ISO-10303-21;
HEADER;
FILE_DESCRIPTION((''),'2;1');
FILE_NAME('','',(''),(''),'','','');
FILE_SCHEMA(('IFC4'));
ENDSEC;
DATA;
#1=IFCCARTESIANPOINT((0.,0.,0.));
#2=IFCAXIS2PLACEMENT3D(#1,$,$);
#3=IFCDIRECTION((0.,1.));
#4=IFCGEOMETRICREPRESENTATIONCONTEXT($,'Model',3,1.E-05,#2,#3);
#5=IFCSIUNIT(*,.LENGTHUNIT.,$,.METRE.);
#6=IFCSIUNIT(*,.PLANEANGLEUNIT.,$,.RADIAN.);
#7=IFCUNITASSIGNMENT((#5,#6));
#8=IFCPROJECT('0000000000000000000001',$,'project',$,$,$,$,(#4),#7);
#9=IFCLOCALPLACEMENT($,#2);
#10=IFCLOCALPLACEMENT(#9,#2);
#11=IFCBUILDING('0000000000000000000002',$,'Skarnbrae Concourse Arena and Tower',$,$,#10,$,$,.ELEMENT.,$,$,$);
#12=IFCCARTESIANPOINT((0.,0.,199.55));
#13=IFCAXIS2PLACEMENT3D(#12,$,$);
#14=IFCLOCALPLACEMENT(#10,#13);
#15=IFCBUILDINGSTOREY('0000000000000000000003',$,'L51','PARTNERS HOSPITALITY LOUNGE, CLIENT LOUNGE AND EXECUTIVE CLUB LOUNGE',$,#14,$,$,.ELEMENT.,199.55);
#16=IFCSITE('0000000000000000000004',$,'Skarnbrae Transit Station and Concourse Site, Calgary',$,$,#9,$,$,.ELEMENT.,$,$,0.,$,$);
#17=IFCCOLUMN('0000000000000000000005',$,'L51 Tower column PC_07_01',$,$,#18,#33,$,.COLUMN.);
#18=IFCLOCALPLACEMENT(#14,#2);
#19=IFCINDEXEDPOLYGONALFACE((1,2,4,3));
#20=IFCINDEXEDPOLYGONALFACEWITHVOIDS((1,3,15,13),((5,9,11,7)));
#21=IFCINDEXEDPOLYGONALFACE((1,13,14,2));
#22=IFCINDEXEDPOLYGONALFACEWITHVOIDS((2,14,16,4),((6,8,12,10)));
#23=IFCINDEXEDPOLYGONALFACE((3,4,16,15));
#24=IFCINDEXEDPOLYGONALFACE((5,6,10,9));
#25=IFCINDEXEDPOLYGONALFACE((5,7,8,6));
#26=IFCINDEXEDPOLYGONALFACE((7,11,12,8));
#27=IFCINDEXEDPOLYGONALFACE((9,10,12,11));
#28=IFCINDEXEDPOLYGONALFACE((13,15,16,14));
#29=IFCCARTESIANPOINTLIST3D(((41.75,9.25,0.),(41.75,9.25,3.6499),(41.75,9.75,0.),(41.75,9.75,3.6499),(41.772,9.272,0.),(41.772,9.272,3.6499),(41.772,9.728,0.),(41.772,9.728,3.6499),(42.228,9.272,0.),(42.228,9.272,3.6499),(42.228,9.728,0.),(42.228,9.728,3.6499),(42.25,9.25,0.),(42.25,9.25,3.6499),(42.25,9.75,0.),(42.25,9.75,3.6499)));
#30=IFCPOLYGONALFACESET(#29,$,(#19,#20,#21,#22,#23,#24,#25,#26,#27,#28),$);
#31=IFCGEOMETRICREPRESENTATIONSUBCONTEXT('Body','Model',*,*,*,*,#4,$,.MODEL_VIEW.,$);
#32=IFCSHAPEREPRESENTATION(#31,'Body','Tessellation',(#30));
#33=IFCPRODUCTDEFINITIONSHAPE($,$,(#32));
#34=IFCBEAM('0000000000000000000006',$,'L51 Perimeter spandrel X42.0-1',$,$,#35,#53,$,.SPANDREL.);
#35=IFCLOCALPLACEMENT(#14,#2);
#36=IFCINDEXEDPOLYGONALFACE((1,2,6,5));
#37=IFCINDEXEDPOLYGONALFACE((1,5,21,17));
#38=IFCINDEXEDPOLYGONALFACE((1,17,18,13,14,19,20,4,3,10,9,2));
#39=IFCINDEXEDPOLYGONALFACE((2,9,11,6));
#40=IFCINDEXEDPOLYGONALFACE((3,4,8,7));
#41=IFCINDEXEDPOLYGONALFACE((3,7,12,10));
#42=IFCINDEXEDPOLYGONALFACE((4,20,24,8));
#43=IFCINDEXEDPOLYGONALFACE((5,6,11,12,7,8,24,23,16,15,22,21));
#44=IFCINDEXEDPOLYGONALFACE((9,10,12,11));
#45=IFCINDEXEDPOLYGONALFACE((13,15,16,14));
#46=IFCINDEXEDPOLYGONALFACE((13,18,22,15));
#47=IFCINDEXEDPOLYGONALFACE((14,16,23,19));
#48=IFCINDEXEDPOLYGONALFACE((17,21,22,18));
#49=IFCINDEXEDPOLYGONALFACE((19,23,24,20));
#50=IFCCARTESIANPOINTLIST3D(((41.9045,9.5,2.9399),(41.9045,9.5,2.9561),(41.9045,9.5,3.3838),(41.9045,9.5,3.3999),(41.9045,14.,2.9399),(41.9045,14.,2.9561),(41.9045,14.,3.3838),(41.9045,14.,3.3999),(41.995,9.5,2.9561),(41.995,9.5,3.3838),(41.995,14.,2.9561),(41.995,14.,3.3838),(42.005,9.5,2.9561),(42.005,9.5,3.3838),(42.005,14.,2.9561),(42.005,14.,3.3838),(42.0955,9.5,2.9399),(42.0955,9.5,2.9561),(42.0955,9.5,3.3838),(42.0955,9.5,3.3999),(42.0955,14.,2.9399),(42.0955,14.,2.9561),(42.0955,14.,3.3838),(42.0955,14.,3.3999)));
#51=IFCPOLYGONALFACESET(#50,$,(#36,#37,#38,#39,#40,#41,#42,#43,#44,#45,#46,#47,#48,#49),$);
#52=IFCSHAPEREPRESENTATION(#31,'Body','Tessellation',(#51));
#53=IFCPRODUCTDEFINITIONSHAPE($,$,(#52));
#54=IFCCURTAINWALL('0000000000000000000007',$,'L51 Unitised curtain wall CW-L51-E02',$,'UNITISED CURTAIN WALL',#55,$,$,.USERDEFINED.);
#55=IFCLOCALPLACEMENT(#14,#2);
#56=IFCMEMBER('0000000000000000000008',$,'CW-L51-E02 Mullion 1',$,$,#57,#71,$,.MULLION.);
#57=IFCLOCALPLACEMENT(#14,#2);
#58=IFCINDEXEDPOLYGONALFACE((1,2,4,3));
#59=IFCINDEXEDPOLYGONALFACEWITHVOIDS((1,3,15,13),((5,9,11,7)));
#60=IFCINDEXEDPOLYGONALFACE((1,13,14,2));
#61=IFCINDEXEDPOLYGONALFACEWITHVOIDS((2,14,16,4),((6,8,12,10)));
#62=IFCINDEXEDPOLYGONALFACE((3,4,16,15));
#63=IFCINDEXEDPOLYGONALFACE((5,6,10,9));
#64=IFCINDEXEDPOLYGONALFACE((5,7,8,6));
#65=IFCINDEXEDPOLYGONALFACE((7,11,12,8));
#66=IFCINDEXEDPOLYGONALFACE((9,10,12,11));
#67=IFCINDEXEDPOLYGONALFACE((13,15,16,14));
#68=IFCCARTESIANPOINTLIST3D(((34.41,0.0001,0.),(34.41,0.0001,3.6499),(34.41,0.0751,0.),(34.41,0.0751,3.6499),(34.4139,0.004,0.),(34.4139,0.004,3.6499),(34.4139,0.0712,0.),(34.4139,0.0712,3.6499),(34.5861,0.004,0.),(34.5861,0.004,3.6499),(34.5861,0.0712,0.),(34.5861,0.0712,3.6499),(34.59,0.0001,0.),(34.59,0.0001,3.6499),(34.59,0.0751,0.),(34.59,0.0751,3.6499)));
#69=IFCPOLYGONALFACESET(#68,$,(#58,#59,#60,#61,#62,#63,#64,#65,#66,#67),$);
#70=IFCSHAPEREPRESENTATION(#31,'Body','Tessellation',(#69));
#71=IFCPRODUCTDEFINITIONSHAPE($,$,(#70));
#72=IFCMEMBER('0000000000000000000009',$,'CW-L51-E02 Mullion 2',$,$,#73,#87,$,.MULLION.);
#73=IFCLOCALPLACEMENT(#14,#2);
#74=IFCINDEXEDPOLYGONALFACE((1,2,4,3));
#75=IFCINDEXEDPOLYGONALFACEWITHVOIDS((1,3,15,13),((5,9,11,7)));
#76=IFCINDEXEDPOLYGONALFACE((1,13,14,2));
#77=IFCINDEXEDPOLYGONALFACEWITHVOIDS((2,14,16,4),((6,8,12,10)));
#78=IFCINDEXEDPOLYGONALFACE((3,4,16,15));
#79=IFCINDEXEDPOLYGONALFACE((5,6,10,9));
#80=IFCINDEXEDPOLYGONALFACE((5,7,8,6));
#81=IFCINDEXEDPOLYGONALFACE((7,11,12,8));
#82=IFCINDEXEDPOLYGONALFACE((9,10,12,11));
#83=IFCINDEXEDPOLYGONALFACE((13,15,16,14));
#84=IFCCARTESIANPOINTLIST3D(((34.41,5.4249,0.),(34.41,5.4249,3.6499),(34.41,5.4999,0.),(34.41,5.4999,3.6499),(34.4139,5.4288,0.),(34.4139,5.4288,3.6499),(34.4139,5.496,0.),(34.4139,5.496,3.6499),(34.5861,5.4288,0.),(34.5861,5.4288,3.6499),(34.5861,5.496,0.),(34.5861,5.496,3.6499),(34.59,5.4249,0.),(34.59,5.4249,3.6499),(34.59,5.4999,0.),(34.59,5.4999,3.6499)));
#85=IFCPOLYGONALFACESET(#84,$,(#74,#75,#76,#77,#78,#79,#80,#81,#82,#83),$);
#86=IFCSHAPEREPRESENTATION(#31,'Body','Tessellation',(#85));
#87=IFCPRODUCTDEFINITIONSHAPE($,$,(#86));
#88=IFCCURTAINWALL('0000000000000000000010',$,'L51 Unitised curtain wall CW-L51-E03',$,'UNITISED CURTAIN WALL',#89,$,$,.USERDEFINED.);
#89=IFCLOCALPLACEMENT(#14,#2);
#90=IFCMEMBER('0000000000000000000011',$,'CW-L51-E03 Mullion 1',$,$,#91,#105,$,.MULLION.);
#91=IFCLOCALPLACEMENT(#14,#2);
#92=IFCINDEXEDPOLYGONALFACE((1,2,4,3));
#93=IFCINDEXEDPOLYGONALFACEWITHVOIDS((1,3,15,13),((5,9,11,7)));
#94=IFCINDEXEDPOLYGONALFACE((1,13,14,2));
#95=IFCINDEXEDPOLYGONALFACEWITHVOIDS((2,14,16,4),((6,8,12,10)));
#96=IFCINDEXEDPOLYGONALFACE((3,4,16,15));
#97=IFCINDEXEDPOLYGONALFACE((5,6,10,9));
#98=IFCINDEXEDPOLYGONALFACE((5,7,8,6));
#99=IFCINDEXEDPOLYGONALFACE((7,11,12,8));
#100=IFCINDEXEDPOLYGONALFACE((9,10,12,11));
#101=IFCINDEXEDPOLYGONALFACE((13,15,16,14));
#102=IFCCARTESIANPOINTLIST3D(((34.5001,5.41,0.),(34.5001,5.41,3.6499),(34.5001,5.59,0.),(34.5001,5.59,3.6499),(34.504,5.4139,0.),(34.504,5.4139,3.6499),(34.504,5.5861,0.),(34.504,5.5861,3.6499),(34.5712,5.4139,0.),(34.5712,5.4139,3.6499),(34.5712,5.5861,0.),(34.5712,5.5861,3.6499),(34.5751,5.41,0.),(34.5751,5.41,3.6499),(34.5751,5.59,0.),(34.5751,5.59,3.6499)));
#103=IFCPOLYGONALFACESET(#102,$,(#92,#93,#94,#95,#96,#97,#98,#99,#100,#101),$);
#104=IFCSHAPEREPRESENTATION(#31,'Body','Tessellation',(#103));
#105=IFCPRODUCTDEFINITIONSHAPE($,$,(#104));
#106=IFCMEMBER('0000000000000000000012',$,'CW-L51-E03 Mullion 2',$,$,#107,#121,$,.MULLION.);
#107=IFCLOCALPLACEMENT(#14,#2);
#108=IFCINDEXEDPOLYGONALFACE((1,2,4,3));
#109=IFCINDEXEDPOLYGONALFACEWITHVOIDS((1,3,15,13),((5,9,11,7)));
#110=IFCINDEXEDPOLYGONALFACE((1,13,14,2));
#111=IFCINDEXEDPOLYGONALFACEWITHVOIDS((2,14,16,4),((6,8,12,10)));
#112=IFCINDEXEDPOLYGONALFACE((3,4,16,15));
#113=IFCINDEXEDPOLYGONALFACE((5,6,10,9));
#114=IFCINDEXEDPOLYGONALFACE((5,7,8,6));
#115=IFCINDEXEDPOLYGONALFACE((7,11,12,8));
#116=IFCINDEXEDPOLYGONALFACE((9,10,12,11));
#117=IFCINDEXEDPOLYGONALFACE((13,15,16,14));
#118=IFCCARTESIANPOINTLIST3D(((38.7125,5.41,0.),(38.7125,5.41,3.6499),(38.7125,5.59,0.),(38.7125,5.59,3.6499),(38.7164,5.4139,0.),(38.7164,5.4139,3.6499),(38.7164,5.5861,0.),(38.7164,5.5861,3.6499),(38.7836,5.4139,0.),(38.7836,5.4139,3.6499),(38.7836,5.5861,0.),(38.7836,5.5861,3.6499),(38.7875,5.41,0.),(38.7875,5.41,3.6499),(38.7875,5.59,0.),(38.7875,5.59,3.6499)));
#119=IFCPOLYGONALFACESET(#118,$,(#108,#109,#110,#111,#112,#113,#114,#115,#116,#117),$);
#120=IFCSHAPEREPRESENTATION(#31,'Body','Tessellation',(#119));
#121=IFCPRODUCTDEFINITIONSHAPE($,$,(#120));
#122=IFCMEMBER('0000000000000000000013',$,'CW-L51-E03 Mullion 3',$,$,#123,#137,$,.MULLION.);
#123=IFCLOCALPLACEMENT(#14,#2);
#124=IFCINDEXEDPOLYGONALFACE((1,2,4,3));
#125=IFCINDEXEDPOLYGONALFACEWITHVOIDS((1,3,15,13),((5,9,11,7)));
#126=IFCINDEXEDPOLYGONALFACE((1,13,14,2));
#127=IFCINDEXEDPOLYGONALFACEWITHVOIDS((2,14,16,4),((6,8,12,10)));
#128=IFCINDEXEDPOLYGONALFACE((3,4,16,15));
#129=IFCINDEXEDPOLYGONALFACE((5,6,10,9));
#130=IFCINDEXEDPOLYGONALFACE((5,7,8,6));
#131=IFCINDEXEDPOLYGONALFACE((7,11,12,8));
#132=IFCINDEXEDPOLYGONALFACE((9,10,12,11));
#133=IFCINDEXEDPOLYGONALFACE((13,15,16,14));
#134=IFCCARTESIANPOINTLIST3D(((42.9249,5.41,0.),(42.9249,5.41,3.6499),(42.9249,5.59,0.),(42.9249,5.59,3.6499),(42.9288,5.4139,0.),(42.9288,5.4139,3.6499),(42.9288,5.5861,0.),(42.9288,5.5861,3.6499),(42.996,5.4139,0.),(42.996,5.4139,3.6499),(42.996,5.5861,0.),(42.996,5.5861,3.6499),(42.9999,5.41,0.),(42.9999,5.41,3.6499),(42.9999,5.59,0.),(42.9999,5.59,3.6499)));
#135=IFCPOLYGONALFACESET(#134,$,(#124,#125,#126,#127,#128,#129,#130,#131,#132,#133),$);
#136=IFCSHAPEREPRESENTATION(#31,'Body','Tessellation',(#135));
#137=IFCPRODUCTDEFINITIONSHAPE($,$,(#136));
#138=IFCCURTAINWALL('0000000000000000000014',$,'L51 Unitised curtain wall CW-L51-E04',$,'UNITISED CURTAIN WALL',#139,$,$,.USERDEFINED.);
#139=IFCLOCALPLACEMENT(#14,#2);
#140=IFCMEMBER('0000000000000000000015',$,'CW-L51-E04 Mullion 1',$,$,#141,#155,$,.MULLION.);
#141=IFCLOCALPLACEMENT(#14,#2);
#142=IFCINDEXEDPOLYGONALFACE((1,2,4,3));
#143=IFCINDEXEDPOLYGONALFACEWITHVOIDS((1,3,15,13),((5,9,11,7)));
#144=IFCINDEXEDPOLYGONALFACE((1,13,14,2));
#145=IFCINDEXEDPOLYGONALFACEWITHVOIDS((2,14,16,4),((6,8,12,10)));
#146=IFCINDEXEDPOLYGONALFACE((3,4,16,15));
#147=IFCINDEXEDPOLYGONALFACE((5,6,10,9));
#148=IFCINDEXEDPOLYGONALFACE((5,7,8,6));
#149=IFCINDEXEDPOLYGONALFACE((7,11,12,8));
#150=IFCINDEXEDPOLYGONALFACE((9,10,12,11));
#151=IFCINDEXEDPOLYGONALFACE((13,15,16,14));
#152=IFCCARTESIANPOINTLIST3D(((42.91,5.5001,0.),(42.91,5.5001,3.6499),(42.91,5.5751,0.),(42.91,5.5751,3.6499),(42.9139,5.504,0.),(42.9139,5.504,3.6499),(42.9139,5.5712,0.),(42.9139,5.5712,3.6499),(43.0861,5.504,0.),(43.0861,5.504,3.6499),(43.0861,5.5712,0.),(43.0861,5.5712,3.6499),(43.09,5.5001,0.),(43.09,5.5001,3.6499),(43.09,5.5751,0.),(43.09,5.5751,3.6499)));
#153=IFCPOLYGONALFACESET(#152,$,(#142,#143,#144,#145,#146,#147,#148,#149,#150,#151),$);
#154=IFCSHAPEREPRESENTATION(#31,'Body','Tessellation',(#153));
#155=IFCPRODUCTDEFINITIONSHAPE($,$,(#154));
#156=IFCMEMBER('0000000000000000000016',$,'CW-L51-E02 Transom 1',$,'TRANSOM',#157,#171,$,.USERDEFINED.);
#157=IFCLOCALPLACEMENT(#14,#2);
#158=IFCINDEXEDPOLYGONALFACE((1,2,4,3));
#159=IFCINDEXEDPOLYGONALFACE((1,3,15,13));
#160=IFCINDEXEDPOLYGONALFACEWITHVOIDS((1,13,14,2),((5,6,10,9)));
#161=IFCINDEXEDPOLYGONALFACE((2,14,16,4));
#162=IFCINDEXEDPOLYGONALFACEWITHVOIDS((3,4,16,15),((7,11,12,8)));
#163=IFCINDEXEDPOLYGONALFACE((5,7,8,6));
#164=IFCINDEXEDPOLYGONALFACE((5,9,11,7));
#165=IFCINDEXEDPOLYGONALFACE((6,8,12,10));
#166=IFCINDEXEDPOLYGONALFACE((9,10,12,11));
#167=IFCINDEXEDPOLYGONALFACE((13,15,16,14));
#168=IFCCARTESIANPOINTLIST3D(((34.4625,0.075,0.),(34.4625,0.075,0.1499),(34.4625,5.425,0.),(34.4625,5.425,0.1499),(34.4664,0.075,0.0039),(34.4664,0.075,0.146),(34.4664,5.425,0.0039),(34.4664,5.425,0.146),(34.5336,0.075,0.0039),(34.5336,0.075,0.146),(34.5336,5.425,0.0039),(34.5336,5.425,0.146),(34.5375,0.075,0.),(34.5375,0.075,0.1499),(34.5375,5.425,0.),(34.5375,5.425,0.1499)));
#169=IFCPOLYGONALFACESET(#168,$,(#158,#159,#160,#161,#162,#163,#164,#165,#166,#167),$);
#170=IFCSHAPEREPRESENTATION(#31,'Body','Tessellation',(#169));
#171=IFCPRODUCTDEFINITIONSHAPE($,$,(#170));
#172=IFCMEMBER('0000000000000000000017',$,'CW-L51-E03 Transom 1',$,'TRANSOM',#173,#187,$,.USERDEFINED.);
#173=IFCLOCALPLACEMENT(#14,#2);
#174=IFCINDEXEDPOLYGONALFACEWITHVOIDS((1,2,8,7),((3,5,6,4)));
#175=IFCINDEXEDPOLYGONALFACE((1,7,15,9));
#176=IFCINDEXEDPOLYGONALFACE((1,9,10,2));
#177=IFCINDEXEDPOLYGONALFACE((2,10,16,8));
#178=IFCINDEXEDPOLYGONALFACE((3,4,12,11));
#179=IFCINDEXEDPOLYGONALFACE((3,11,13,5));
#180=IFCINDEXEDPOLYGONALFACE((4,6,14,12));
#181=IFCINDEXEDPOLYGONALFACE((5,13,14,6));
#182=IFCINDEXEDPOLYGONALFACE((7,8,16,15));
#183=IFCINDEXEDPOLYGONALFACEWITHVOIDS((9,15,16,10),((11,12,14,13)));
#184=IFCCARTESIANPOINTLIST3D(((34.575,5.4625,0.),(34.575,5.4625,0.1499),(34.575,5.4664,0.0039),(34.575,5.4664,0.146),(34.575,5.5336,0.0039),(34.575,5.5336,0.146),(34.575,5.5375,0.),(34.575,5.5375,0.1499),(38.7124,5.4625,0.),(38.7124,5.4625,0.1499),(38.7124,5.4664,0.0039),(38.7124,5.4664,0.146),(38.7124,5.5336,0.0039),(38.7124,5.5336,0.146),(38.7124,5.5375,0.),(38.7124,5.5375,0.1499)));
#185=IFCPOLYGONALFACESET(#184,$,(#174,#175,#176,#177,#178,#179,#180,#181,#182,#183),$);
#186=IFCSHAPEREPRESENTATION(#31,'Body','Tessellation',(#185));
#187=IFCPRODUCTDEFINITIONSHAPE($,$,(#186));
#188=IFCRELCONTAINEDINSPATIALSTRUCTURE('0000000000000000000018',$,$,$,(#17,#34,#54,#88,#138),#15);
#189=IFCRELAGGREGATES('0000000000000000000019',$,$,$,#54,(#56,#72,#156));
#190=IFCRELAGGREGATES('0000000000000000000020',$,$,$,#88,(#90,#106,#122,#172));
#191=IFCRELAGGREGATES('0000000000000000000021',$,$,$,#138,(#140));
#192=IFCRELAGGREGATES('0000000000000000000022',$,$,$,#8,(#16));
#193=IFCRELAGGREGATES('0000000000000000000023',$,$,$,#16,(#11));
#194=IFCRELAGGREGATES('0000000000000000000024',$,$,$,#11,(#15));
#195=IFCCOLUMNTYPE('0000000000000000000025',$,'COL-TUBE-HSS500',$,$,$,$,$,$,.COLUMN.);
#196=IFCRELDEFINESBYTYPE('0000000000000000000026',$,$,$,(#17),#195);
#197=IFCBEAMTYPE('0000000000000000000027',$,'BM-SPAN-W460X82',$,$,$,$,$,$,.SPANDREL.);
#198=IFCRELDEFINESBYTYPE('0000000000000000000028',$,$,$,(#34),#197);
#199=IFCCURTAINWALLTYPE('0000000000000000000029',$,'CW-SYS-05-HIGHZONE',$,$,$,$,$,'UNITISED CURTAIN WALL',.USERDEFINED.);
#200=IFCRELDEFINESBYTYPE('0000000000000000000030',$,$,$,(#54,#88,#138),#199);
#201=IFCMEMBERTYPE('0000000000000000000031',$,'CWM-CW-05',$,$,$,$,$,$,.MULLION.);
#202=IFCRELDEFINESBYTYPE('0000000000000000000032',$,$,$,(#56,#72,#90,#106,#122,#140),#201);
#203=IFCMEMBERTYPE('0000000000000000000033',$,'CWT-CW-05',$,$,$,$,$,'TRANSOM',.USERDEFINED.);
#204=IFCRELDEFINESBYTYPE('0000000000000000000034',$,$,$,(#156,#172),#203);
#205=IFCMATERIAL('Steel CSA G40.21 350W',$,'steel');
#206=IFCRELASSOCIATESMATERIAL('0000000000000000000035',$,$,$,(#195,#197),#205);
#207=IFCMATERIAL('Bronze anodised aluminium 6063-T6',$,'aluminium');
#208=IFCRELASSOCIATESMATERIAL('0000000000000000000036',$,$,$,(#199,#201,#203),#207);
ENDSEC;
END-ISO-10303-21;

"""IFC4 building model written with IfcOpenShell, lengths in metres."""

from ifc_helpers import new_model, si_unit, direction, frame, origin, origin_2d, place, context, subcontext, project, spatial, hollow_rectangle, i_section, extrude, source, transform, mapped, material, material_profile, profile_set, type_object, element, aggregate, save


model = new_model("IFC4")

# Units and contexts
model_context = context("Model", 3, precision=1e-05, world=origin(), true_north=direction((0.0, 1.0)))
body_context = subcontext(model_context, "Body", "Model", "MODEL_VIEW")
ifc_project = project(units=[si_unit("LENGTHUNIT", "METRE"), si_unit("PLANEANGLEUNIT", "RADIAN")], contexts=[model_context])

# Site, building, storey
site_placement = place(None, origin())
site = spatial("IfcSite", under=ifc_project, at=site_placement, Name="Skarnbrae Transit Station and Concourse Site, Calgary", CompositionType="ELEMENT", RefElevation=0.0)
building_placement = place(site_placement, origin())
building = spatial("IfcBuilding", under=site, at=building_placement, Name="Skarnbrae Concourse Arena and Tower", CompositionType="ELEMENT")
storey_placement = place(building_placement, frame((0.0, 0.0, 199.55)))
storey = spatial("IfcBuildingStorey", under=building, at=storey_placement, Name="L51", Description="PARTNERS HOSPITALITY LOUNGE, CLIENT LOUNGE AND EXECUTIVE CLUB LOUNGE", CompositionType="ELEMENT", Elevation=199.55)

# Column
ifc_material_1 = material(Name="Steel CSA G40.21 350W", Category="steel")
ifc_material_profile_1 = material_profile(ifc_material_1, hollow_rectangle(XDim=0.5, YDim=0.5, WallThickness=0.022, at=origin_2d()), Name="HSS500X500X22.0")
ifc_profile_set_1 = profile_set([ifc_material_profile_1], Name="Steel CSA G40.21 350W")
column_type = type_object("IfcColumnType", Name="COL-TUBE-HSS500", PredefinedType="COLUMN", material=ifc_profile_set_1)
shared_shape_1 = source(origin(), body_context, "Body", "SweptSolid", [
    extrude(hollow_rectangle(XDim=0.5, YDim=0.5, WallThickness=0.022, at=origin_2d()), origin(), (0.0, 0.0, 1.0), 3.6499),
])
column_placement = place(storey_placement, frame((42.0, 9.5, 0.0), z_axis=(0.0, 0.0, 1.0), x_axis=(1.0, 0.0, 0.0)))
element("IfcColumn", 1, at=column_placement, inside=storey, type_object=column_type, Name="L51 Tower column PC_07_01", PredefinedType="COLUMN", context=body_context, shape_type="MappedRepresentation", body=[
    mapped(shared_shape_1, transform((0.0, 0.0, 0.0))),
])

# Beam
ifc_material_profile_2 = material_profile(ifc_material_1, i_section(OverallWidth=0.1909, OverallDepth=0.46, WebThickness=0.01, FlangeThickness=0.0161, at=origin_2d()), Name="W460X82")
ifc_profile_set_2 = profile_set([ifc_material_profile_2], Name="Steel CSA G40.21 350W")
beam_type = type_object("IfcBeamType", Name="BM-SPAN-W460X82", PredefinedType="SPANDREL", material=ifc_profile_set_2)
shared_shape_2 = source(origin(), body_context, "Body", "SweptSolid", [
    extrude(i_section(OverallWidth=0.1909, OverallDepth=0.46, WebThickness=0.01, FlangeThickness=0.0161, at=origin_2d()), origin(), (0.0, 0.0, 1.0), 4.5),
])
beam_placement = place(storey_placement, frame((42.0, 9.5, 3.1699), z_axis=(0.0, 1.0, 0.0), x_axis=(-1.0, 0.0, 0.0)))
element("IfcBeam", 2, at=beam_placement, inside=storey, type_object=beam_type, Name="L51 Perimeter spandrel X42.0-1", PredefinedType="SPANDREL", context=body_context, shape_type="MappedRepresentation", body=[
    mapped(shared_shape_2, transform((0.0, 0.0, 0.0))),
])

# Curtain walls, members
ifc_material_2 = material(Name="Bronze anodised aluminium 6063-T6", Category="aluminium")
curtain_wall_type = type_object("IfcCurtainWallType", Name="CW-SYS-05-HIGHZONE", ElementType="UNITISED CURTAIN WALL", PredefinedType="USERDEFINED", material=ifc_material_2)
curtain_wall_1_placement = place(storey_placement, origin())
curtain_wall_1 = element("IfcCurtainWall", 3, at=curtain_wall_1_placement, inside=storey, type_object=curtain_wall_type, Name="L51 Unitised curtain wall CW-L51-E02", ObjectType="UNITISED CURTAIN WALL", PredefinedType="USERDEFINED")
ifc_material_profile_3 = material_profile(ifc_material_2, hollow_rectangle(XDim=0.075, YDim=0.1799, WallThickness=0.0039, at=origin_2d()), Name="ALU-MULL-75X180")
ifc_profile_set_3 = profile_set([ifc_material_profile_3], Name="Bronze anodised aluminium 6063-T6")
member_type_1 = type_object("IfcMemberType", Name="CWM-CW-05", PredefinedType="MULLION", material=ifc_profile_set_3)
shared_shape_3 = source(origin(), body_context, "Body", "SweptSolid", [
    extrude(hollow_rectangle(XDim=0.075, YDim=0.1799, WallThickness=0.0039, at=origin_2d()), origin(), (0.0, 0.0, 1.0), 3.6499),
])
member_1_placement = place(storey_placement, frame((34.5, 0.0376, 0.0), z_axis=(0.0, 0.0, 1.0), x_axis=(0.0, 1.0, 0.0)))
member_1 = element("IfcMember", 4, at=member_1_placement, type_object=member_type_1, Name="CW-L51-E02 Mullion 1", PredefinedType="MULLION", context=body_context, shape_type="MappedRepresentation", body=[
    mapped(shared_shape_3, transform((0.0, 0.0, 0.0))),
])
member_2_placement = place(storey_placement, frame((34.5, 5.4624, 0.0), z_axis=(0.0, 0.0, 1.0), x_axis=(0.0, 1.0, 0.0)))
member_2 = element("IfcMember", 5, at=member_2_placement, type_object=member_type_1, Name="CW-L51-E02 Mullion 2", PredefinedType="MULLION", context=body_context, shape_type="MappedRepresentation", body=[
    mapped(shared_shape_3, transform((0.0, 0.0, 0.0))),
])
curtain_wall_2_placement = place(storey_placement, origin())
curtain_wall_2 = element("IfcCurtainWall", 6, at=curtain_wall_2_placement, inside=storey, type_object=curtain_wall_type, Name="L51 Unitised curtain wall CW-L51-E03", ObjectType="UNITISED CURTAIN WALL", PredefinedType="USERDEFINED")
member_3_placement = place(storey_placement, frame((34.5376, 5.5, 0.0), z_axis=(0.0, 0.0, 1.0), x_axis=(1.0, 0.0, 0.0)))
member_3 = element("IfcMember", 7, at=member_3_placement, type_object=member_type_1, Name="CW-L51-E03 Mullion 1", PredefinedType="MULLION", context=body_context, shape_type="MappedRepresentation", body=[
    mapped(shared_shape_3, transform((0.0, 0.0, 0.0))),
])
member_4_placement = place(storey_placement, frame((38.75, 5.5, 0.0), z_axis=(0.0, 0.0, 1.0), x_axis=(1.0, 0.0, 0.0)))
member_4 = element("IfcMember", 8, at=member_4_placement, type_object=member_type_1, Name="CW-L51-E03 Mullion 2", PredefinedType="MULLION", context=body_context, shape_type="MappedRepresentation", body=[
    mapped(shared_shape_3, transform((0.0, 0.0, 0.0))),
])
member_5_placement = place(storey_placement, frame((42.9624, 5.5, 0.0), z_axis=(0.0, 0.0, 1.0), x_axis=(1.0, 0.0, 0.0)))
member_5 = element("IfcMember", 9, at=member_5_placement, type_object=member_type_1, Name="CW-L51-E03 Mullion 3", PredefinedType="MULLION", context=body_context, shape_type="MappedRepresentation", body=[
    mapped(shared_shape_3, transform((0.0, 0.0, 0.0))),
])

# Curtain wall, member
curtain_wall_3_placement = place(storey_placement, origin())
curtain_wall_3 = element("IfcCurtainWall", 10, at=curtain_wall_3_placement, inside=storey, type_object=curtain_wall_type, Name="L51 Unitised curtain wall CW-L51-E04", ObjectType="UNITISED CURTAIN WALL", PredefinedType="USERDEFINED")
member_6_placement = place(storey_placement, frame((43.0, 5.5376, 0.0), z_axis=(0.0, 0.0, 1.0), x_axis=(0.0, 1.0, 0.0)))
member_6 = element("IfcMember", 11, at=member_6_placement, type_object=member_type_1, Name="CW-L51-E04 Mullion 1", PredefinedType="MULLION", context=body_context, shape_type="MappedRepresentation", body=[
    mapped(shared_shape_3, transform((0.0, 0.0, 0.0))),
])

# Members
ifc_material_profile_4 = material_profile(ifc_material_2, hollow_rectangle(XDim=0.075, YDim=0.1499, WallThickness=0.0039, at=origin_2d()), Name="ALU-TRAN-75X150")
ifc_profile_set_4 = profile_set([ifc_material_profile_4], Name="Bronze anodised aluminium 6063-T6")
member_type_2 = type_object("IfcMemberType", Name="CWT-CW-05", ElementType="TRANSOM", PredefinedType="USERDEFINED", material=ifc_profile_set_4)
shared_shape_4 = source(origin(), body_context, "Body", "SweptSolid", [
    extrude(hollow_rectangle(XDim=0.075, YDim=0.1499, WallThickness=0.0039, at=origin_2d()), origin(), (0.0, 0.0, 1.0), 5.3501),
])
member_7_placement = place(storey_placement, frame((34.5, 0.075, 0.075), z_axis=(0.0, 1.0, 0.0), x_axis=(-1.0, 0.0, 0.0)))
member_7 = element("IfcMember", 12, at=member_7_placement, type_object=member_type_2, Name="CW-L51-E02 Transom 1", ObjectType="TRANSOM", PredefinedType="USERDEFINED", context=body_context, shape_type="MappedRepresentation", body=[
    mapped(shared_shape_4, transform((0.0, 0.0, 0.0))),
])
shared_shape_5 = source(origin(), body_context, "Body", "SweptSolid", [
    extrude(hollow_rectangle(XDim=0.075, YDim=0.1499, WallThickness=0.0039, at=origin_2d()), origin(), (0.0, 0.0, 1.0), 4.1375),
])
member_8_placement = place(storey_placement, frame((34.575, 5.5, 0.075), z_axis=(1.0, 0.0, 0.0), x_axis=(0.0, 1.0, 0.0)))
member_8 = element("IfcMember", 13, at=member_8_placement, type_object=member_type_2, Name="CW-L51-E03 Transom 1", ObjectType="TRANSOM", PredefinedType="USERDEFINED", context=body_context, shape_type="MappedRepresentation", body=[
    mapped(shared_shape_5, transform((0.0, 0.0, 0.0))),
])

aggregate(curtain_wall_1, [member_1, member_2, member_7])
aggregate(curtain_wall_2, [member_3, member_4, member_5, member_8])
aggregate(curtain_wall_3, [member_6])

save(model, "model.ifc")
